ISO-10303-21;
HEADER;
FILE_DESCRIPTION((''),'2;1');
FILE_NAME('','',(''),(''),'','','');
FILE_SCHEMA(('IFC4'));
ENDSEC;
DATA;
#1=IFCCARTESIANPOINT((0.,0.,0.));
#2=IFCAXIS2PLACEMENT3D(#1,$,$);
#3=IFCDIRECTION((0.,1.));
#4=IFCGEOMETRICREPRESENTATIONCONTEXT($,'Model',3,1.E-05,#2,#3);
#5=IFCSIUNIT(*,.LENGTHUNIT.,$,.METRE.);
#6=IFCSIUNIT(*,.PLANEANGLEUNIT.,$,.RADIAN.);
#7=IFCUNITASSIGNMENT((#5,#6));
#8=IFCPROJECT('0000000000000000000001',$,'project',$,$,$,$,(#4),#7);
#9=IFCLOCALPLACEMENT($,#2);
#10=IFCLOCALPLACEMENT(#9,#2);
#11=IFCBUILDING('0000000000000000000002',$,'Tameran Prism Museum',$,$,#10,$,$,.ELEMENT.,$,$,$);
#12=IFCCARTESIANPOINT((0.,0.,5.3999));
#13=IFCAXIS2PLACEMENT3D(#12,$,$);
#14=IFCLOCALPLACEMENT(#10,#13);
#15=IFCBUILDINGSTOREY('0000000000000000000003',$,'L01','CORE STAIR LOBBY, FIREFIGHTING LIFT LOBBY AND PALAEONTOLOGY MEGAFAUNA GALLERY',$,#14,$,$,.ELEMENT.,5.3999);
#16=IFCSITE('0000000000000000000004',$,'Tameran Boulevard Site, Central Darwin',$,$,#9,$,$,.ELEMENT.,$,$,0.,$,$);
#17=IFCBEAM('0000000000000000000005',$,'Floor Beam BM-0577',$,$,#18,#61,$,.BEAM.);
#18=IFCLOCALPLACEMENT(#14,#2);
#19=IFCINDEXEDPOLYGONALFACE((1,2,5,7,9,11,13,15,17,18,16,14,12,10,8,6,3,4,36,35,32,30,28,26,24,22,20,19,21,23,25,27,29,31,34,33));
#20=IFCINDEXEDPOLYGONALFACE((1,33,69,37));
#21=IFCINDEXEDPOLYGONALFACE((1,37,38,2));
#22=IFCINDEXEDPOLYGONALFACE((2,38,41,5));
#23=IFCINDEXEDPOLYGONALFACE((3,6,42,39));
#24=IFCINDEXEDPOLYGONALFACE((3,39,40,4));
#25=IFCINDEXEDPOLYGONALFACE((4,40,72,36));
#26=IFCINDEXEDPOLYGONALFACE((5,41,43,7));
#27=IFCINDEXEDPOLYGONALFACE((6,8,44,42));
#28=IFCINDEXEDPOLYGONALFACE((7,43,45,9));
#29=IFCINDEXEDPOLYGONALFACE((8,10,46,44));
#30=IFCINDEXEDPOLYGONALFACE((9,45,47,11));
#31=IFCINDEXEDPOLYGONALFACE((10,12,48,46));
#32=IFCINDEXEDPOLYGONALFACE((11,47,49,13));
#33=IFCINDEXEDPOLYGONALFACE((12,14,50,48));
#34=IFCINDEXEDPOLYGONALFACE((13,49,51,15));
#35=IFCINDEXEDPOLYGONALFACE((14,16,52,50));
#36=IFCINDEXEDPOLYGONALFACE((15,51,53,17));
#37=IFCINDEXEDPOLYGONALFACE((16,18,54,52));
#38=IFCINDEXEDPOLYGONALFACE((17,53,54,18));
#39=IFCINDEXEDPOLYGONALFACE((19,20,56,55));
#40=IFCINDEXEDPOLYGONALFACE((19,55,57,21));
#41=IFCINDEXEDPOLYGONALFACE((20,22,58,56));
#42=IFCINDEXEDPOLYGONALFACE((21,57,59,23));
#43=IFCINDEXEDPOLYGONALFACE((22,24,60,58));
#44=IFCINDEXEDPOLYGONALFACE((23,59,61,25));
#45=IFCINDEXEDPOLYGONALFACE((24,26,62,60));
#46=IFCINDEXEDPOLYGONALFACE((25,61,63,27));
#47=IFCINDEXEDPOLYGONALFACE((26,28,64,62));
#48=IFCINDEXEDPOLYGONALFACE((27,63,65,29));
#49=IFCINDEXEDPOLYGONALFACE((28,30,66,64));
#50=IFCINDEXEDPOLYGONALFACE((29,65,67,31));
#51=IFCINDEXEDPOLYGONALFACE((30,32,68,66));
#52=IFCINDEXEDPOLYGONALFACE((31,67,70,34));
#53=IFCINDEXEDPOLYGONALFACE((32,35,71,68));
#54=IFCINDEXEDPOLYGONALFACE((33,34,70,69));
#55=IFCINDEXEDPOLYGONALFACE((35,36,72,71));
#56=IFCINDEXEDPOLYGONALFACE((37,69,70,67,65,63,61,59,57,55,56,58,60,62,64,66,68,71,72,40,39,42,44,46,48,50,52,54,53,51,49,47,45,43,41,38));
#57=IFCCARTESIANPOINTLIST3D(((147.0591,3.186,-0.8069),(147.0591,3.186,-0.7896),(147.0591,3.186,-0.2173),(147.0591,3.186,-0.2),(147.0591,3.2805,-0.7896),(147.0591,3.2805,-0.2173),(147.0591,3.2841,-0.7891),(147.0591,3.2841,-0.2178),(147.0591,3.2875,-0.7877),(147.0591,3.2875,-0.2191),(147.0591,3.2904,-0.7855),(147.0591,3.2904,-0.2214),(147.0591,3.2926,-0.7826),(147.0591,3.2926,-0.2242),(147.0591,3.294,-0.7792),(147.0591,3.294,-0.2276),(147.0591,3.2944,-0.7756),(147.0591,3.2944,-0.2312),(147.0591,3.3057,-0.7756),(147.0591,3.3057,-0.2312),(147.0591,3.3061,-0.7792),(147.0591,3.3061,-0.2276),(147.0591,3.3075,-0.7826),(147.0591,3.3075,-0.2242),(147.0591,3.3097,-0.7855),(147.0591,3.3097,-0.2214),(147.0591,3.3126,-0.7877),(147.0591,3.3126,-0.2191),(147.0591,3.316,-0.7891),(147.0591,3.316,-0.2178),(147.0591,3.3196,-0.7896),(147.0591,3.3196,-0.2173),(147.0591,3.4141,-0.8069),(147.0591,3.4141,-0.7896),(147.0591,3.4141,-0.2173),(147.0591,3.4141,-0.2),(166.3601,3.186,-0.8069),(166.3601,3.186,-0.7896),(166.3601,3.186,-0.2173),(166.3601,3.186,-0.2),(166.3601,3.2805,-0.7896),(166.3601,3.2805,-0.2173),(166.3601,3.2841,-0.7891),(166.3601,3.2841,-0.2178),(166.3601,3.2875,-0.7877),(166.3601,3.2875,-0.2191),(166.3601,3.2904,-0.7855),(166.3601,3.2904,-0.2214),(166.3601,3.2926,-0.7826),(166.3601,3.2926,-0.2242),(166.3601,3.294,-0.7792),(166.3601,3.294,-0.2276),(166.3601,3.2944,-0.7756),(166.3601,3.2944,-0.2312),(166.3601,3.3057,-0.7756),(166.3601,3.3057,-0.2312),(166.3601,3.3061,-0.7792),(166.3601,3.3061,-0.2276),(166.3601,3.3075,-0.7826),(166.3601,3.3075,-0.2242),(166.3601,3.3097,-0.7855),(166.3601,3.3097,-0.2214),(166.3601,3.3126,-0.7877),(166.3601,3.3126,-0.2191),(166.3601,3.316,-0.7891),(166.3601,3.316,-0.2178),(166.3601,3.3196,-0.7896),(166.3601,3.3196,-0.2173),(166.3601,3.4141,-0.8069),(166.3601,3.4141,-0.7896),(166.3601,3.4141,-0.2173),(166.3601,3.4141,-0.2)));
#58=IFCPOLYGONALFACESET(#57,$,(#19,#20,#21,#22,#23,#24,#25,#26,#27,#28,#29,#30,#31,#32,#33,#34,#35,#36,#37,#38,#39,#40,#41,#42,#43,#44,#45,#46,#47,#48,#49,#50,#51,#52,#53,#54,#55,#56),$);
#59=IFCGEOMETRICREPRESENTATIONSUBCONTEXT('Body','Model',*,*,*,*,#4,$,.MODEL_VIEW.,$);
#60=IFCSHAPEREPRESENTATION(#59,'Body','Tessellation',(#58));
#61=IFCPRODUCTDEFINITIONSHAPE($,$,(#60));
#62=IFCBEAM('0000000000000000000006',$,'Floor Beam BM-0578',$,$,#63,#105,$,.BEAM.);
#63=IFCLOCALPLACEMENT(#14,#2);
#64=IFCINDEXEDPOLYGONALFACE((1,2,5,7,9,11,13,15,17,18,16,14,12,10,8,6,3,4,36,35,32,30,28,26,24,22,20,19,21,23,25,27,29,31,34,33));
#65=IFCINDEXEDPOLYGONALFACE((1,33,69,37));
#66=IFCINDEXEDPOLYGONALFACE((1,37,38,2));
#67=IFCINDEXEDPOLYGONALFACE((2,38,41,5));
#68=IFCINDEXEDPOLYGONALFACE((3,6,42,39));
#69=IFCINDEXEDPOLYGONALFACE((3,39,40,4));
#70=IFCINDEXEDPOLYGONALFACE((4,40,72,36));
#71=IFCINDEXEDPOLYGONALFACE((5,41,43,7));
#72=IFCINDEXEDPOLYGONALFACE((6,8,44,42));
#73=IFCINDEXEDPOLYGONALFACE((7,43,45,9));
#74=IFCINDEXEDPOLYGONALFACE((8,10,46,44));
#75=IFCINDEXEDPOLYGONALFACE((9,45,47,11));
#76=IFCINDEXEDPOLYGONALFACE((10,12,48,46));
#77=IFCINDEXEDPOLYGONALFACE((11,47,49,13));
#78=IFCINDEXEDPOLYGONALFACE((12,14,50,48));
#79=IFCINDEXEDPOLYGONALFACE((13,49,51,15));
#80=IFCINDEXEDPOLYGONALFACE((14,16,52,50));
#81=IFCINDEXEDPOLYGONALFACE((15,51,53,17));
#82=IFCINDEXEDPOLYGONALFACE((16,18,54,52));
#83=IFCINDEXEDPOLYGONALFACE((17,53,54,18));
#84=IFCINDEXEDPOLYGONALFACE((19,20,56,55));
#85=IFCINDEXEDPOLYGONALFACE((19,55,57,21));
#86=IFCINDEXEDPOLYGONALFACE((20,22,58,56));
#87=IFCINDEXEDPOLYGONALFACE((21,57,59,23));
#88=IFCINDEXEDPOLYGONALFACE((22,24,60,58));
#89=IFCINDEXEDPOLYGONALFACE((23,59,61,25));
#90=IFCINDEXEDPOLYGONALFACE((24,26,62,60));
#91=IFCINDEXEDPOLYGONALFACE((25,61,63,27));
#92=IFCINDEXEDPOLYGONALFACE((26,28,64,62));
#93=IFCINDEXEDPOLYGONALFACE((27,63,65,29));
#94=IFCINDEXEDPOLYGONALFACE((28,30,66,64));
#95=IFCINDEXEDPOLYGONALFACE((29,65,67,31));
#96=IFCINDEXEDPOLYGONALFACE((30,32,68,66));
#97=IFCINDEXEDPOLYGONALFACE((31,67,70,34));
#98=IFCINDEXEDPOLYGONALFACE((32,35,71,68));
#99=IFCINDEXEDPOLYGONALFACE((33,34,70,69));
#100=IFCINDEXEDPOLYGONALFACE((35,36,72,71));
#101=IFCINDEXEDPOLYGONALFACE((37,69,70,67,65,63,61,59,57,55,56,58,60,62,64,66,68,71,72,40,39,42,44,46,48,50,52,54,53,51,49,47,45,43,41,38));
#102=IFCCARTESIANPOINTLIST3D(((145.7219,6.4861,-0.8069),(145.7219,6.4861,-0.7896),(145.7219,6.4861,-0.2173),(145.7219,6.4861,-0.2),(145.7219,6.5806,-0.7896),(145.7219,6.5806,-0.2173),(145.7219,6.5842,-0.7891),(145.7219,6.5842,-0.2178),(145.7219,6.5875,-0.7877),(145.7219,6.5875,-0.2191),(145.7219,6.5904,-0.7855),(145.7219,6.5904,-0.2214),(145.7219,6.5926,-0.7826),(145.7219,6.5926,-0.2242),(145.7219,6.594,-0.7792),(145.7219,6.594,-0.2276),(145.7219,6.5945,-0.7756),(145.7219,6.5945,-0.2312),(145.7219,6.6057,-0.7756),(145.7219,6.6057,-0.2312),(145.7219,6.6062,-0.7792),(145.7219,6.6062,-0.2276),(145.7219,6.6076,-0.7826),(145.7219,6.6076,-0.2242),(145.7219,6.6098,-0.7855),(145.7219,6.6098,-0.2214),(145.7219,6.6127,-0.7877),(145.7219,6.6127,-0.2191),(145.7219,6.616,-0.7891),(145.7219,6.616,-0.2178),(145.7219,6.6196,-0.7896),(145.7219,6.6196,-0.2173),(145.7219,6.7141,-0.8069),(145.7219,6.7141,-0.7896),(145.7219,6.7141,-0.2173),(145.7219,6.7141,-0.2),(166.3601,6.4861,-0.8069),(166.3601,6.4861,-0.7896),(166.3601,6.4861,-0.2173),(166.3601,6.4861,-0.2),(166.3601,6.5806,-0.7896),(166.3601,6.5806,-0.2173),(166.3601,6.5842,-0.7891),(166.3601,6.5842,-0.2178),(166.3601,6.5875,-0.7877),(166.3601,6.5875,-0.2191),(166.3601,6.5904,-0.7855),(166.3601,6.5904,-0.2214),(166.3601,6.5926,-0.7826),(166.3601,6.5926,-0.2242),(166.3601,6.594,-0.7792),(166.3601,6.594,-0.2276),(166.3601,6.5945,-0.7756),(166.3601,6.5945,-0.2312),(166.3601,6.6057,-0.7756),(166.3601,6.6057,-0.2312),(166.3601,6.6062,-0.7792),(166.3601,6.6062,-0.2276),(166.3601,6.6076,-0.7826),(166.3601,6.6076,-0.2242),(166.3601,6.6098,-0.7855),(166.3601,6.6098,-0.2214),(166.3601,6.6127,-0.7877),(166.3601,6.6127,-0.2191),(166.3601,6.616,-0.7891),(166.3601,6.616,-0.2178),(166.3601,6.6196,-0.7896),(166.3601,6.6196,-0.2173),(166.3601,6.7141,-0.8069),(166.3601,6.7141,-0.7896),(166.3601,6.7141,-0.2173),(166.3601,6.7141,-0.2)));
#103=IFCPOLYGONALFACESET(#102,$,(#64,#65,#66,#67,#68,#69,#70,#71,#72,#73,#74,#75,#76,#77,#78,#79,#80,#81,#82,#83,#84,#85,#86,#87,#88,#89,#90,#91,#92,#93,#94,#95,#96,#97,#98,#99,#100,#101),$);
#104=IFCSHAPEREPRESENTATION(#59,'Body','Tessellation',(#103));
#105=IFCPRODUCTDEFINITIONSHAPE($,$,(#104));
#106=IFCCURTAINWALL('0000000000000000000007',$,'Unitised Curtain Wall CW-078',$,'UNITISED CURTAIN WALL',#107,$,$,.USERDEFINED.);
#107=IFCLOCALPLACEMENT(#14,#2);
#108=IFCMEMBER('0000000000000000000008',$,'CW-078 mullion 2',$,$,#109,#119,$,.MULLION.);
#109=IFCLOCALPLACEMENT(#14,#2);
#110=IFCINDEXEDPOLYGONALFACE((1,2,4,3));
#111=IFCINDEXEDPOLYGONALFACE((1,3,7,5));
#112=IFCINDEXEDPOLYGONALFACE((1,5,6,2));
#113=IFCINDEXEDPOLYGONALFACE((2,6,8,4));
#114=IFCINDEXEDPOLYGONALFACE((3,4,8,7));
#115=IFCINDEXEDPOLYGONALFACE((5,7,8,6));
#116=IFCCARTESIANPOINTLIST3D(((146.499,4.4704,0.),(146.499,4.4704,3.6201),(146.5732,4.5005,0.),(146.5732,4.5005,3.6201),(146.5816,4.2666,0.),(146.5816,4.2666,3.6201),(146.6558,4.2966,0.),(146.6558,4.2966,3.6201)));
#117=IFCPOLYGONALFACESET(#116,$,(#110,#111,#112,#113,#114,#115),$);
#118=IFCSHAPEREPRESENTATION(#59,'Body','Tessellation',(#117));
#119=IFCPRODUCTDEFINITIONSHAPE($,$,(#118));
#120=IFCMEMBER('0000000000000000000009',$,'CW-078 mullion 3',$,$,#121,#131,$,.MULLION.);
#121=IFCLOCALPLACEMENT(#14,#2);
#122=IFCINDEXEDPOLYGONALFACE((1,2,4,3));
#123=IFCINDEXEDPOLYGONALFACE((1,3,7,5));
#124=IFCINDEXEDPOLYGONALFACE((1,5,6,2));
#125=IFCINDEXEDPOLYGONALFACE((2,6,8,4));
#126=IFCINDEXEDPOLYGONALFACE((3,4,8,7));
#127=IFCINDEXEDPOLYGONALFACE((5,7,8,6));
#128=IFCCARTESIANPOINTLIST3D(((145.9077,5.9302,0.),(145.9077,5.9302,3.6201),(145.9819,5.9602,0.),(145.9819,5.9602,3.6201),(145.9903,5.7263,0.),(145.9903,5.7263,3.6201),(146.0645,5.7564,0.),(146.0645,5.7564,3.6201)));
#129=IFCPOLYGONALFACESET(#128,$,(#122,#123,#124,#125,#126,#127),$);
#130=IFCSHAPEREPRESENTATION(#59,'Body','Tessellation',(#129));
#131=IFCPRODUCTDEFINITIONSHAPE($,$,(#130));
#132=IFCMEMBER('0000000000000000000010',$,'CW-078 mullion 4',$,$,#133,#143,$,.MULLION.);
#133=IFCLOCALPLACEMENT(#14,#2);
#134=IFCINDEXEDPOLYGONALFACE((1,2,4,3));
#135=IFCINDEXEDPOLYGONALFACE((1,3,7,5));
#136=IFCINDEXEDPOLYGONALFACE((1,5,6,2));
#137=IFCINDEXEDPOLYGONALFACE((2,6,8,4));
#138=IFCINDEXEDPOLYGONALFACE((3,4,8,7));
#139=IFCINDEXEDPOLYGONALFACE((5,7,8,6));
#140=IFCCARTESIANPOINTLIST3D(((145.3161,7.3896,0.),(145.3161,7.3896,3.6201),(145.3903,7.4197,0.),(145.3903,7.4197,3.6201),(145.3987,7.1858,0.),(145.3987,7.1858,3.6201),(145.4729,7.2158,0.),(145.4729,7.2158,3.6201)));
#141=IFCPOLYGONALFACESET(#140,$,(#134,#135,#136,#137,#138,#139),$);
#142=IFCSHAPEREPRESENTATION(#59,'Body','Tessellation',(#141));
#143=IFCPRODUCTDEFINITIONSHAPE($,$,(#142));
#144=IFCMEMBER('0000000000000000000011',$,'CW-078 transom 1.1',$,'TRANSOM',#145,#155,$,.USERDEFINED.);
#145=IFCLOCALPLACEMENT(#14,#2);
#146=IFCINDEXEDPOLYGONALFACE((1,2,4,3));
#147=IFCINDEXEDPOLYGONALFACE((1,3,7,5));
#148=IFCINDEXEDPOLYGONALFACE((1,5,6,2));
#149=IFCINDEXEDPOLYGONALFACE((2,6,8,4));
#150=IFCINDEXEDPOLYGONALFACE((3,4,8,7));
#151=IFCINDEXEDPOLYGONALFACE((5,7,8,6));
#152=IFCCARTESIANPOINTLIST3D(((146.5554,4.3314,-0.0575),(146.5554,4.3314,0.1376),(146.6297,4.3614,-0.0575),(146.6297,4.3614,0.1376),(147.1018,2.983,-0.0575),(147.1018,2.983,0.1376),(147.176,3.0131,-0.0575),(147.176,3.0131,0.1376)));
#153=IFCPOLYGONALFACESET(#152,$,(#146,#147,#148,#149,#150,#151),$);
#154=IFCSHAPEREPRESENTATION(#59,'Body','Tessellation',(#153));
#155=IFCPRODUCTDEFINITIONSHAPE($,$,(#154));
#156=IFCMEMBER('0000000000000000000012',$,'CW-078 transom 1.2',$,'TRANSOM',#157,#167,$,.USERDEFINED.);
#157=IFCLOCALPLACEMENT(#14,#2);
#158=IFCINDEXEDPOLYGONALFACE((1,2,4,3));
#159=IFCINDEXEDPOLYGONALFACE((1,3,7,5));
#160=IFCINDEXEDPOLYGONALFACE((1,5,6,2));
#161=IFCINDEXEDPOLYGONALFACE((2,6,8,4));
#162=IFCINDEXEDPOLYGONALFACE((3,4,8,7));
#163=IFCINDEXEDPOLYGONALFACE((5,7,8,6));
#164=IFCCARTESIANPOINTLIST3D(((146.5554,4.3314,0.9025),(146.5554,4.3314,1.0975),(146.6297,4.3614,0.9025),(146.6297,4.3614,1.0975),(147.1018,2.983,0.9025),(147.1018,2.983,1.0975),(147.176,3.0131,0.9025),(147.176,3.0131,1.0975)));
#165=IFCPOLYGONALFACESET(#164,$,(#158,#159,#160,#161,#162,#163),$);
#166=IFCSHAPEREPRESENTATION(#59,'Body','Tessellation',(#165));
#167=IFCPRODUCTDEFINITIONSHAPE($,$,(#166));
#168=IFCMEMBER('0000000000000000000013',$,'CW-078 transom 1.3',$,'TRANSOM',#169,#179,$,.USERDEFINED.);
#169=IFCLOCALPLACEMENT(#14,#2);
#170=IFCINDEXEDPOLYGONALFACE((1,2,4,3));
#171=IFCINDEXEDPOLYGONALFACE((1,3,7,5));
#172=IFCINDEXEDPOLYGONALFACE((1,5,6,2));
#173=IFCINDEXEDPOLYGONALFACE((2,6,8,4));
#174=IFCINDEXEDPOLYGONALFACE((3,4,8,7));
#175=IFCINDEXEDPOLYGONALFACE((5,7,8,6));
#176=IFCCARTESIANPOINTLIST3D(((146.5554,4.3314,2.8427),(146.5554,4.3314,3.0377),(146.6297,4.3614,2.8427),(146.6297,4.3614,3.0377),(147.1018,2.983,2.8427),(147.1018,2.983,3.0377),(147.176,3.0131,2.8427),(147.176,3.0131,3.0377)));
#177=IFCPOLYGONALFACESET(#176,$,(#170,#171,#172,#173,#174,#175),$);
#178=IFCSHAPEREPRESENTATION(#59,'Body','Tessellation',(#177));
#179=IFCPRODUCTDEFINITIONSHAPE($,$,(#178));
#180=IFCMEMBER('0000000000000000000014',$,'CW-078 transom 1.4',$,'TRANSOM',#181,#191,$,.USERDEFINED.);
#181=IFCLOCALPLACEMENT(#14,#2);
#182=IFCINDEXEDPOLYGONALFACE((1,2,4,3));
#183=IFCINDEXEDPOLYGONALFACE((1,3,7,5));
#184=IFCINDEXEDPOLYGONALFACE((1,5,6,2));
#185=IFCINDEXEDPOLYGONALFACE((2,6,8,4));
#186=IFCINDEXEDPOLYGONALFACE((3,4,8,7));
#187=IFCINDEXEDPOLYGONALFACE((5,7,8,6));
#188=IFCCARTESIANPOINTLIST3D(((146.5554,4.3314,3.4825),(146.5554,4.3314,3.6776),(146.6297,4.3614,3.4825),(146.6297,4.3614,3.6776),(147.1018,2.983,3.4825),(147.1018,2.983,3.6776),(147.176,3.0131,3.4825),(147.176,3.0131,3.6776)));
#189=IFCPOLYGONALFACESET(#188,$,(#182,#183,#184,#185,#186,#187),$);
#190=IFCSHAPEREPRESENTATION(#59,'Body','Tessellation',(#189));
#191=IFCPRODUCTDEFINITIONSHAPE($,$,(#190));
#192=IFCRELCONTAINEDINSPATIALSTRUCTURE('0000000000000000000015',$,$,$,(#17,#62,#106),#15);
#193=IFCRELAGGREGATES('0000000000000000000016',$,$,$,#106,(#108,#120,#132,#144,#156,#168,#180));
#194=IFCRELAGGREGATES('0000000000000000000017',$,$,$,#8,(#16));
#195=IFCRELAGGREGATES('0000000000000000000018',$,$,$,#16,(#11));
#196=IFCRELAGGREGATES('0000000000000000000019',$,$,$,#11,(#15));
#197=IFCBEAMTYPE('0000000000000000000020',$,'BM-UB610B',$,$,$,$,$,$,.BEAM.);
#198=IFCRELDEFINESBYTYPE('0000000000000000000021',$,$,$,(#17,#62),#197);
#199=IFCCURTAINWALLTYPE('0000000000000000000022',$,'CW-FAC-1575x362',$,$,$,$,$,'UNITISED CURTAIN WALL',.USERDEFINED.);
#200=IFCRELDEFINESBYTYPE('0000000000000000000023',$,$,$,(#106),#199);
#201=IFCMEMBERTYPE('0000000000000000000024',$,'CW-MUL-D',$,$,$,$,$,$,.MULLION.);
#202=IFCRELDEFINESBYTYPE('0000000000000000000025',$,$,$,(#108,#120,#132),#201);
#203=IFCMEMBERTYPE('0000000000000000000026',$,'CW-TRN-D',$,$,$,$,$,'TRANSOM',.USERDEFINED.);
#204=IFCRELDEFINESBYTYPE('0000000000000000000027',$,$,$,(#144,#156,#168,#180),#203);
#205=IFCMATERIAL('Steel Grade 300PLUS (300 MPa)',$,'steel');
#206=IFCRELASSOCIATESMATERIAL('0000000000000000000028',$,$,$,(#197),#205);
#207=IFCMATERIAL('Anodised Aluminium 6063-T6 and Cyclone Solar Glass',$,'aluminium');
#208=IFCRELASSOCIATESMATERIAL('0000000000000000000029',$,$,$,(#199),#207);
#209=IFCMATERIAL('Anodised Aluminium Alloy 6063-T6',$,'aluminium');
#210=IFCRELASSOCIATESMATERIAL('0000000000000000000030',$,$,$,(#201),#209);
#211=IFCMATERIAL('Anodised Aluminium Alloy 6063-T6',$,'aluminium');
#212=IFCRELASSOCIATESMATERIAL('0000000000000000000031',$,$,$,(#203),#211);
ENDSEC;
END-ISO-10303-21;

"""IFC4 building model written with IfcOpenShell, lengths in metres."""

from ifc_helpers import new_model, si_unit, direction, frame, origin, origin_2d, place, context, subcontext, project, spatial, rectangle, i_section, extrude, material, material_profile, profile_set, type_object, element, aggregate, save


model = new_model("IFC4")

# Units and contexts
model_context = context("Model", 3, precision=1e-05, world=origin(), true_north=direction((0.0, 1.0)))
body_context = subcontext(model_context, "Body", "Model", "MODEL_VIEW")
ifc_project = project(units=[si_unit("LENGTHUNIT", "METRE"), si_unit("PLANEANGLEUNIT", "RADIAN")], contexts=[model_context])

# Site, building, storey
site_placement = place(None, origin())
site = spatial("IfcSite", under=ifc_project, at=site_placement, Name="Tameran Boulevard Site, Central Darwin", CompositionType="ELEMENT", RefElevation=0.0)
building_placement = place(site_placement, origin())
building = spatial("IfcBuilding", under=site, at=building_placement, Name="Tameran Prism Museum", CompositionType="ELEMENT")
storey_placement = place(building_placement, frame((0.0, 0.0, 5.3999)))
storey = spatial("IfcBuildingStorey", under=building, at=storey_placement, Name="L01", Description="CORE STAIR LOBBY, FIREFIGHTING LIFT LOBBY AND PALAEONTOLOGY MEGAFAUNA GALLERY", CompositionType="ELEMENT", Elevation=5.3999)

# Beams
ifc_material_1 = material(Name="Steel Grade 300PLUS (300 MPa)", Category="steel")
ifc_material_profile_1 = material_profile(ifc_material_1, i_section(OverallWidth=0.228, OverallDepth=0.6069, WebThickness=0.0112, FlangeThickness=0.0173, FilletRadius=0.0139, at=origin_2d()))
ifc_profile_set_1 = profile_set([ifc_material_profile_1])
beam_type = type_object("IfcBeamType", Name="BM-UB610B", PredefinedType="BEAM", material=ifc_profile_set_1)
beam_1_placement = place(storey_placement, frame((147.0591, 3.3, -0.5034), z_axis=(1.0, 0.0, 0.0), x_axis=(0.0, 1.0, 0.0)))
element("IfcBeam", 1, at=beam_1_placement, inside=storey, type_object=beam_type, Name="Floor Beam BM-0577", PredefinedType="BEAM", context=body_context, shape_type="SweptSolid", body=[
    extrude(i_section(OverallWidth=0.228, OverallDepth=0.6069, WebThickness=0.0112, FlangeThickness=0.0173, FilletRadius=0.0139, at=origin_2d()), origin(), (0.0, 0.0, 1.0), 19.301),
])
beam_2_placement = place(storey_placement, frame((145.7219, 6.6001, -0.5034), z_axis=(1.0, 0.0, 0.0), x_axis=(0.0, 1.0, 0.0)))
element("IfcBeam", 2, at=beam_2_placement, inside=storey, type_object=beam_type, Name="Floor Beam BM-0578", PredefinedType="BEAM", context=body_context, shape_type="SweptSolid", body=[
    extrude(i_section(OverallWidth=0.228, OverallDepth=0.6069, WebThickness=0.0112, FlangeThickness=0.0173, FilletRadius=0.0139, at=origin_2d()), origin(), (0.0, 0.0, 1.0), 20.6382),
])

# Curtain wall, members
ifc_material_2 = material(Name="Anodised Aluminium 6063-T6 and Cyclone Solar Glass", Category="aluminium")
curtain_wall_type = type_object("IfcCurtainWallType", Name="CW-FAC-1575x362", ElementType="UNITISED CURTAIN WALL", PredefinedType="USERDEFINED", material=ifc_material_2)
curtain_wall_placement = place(storey_placement, origin())
curtain_wall = element("IfcCurtainWall", 3, at=curtain_wall_placement, inside=storey, type_object=curtain_wall_type, Name="Unitised Curtain Wall CW-078", ObjectType="UNITISED CURTAIN WALL", PredefinedType="USERDEFINED")
ifc_material_3 = material(Name="Anodised Aluminium Alloy 6063-T6", Category="aluminium")
ifc_material_profile_2 = material_profile(ifc_material_3, rectangle(XDim=0.0801, YDim=0.22, at=origin_2d()))
ifc_profile_set_2 = profile_set([ifc_material_profile_2])
member_type_1 = type_object("IfcMemberType", Name="CW-MUL-D", PredefinedType="MULLION", material=ifc_profile_set_2)
member_1_placement = place(storey_placement, frame((146.5774, 4.3835, 0.0), z_axis=(0.0, 0.0, 1.0), x_axis=(-0.92679, -0.37558, 0.0)))
member_1 = element("IfcMember", 4, at=member_1_placement, type_object=member_type_1, Name="CW-078 mullion 2", PredefinedType="MULLION", context=body_context, shape_type="SweptSolid", body=[
    extrude(rectangle(XDim=0.0801, YDim=0.22, at=origin_2d()), origin(), (0.0, 0.0, 1.0), 3.6201),
])
member_2_placement = place(storey_placement, frame((145.9861, 5.8433, 0.0), z_axis=(0.0, 0.0, 1.0), x_axis=(-0.92679, -0.37558, 0.0)))
member_2 = element("IfcMember", 5, at=member_2_placement, type_object=member_type_1, Name="CW-078 mullion 3", PredefinedType="MULLION", context=body_context, shape_type="SweptSolid", body=[
    extrude(rectangle(XDim=0.0801, YDim=0.22, at=origin_2d()), origin(), (0.0, 0.0, 1.0), 3.6201),
])
member_3_placement = place(storey_placement, frame((145.3945, 7.3027, 0.0), z_axis=(0.0, 0.0, 1.0), x_axis=(-0.92679, -0.37558, 0.0)))
member_3 = element("IfcMember", 6, at=member_3_placement, type_object=member_type_1, Name="CW-078 mullion 4", PredefinedType="MULLION", context=body_context, shape_type="SweptSolid", body=[
    extrude(rectangle(XDim=0.0801, YDim=0.22, at=origin_2d()), origin(), (0.0, 0.0, 1.0), 3.6201),
])
ifc_material_4 = material(Name="Anodised Aluminium Alloy 6063-T6", Category="aluminium")
ifc_material_profile_3 = material_profile(ifc_material_4, rectangle(XDim=0.0801, YDim=0.1951, at=origin_2d()))
ifc_profile_set_3 = profile_set([ifc_material_profile_3])
member_type_2 = type_object("IfcMemberType", Name="CW-TRN-D", ElementType="TRANSOM", PredefinedType="USERDEFINED", material=ifc_profile_set_3)
member_4_placement = place(storey_placement, frame((147.1389, 2.998, 0.04), z_axis=(-0.375553, 0.926801, 0.0), x_axis=(-0.926801, -0.375553, 0.0)))
member_4 = element("IfcMember", 7, at=member_4_placement, type_object=member_type_2, Name="CW-078 transom 1.1", ObjectType="TRANSOM", PredefinedType="USERDEFINED", context=body_context, shape_type="SweptSolid", body=[
    extrude(rectangle(XDim=0.0801, YDim=0.1951, at=origin_2d()), origin(), (0.0, 0.0, 1.0), 1.4548),
])
member_5_placement = place(storey_placement, frame((147.1389, 2.998, 1.0), z_axis=(-0.375553, 0.926801, 0.0), x_axis=(-0.926801, -0.375553, 0.0)))
member_5 = element("IfcMember", 8, at=member_5_placement, type_object=member_type_2, Name="CW-078 transom 1.2", ObjectType="TRANSOM", PredefinedType="USERDEFINED", context=body_context, shape_type="SweptSolid", body=[
    extrude(rectangle(XDim=0.0801, YDim=0.1951, at=origin_2d()), origin(), (0.0, 0.0, 1.0), 1.4548),
])
member_6_placement = place(storey_placement, frame((147.1389, 2.998, 2.9402), z_axis=(-0.375553, 0.926801, 0.0), x_axis=(-0.926801, -0.375553, 0.0)))
member_6 = element("IfcMember", 9, at=member_6_placement, type_object=member_type_2, Name="CW-078 transom 1.3", ObjectType="TRANSOM", PredefinedType="USERDEFINED", context=body_context, shape_type="SweptSolid", body=[
    extrude(rectangle(XDim=0.0801, YDim=0.1951, at=origin_2d()), origin(), (0.0, 0.0, 1.0), 1.4548),
])
member_7_placement = place(storey_placement, frame((147.1389, 2.998, 3.5801), z_axis=(-0.375553, 0.926801, 0.0), x_axis=(-0.926801, -0.375553, 0.0)))
member_7 = element("IfcMember", 10, at=member_7_placement, type_object=member_type_2, Name="CW-078 transom 1.4", ObjectType="TRANSOM", PredefinedType="USERDEFINED", context=body_context, shape_type="SweptSolid", body=[
    extrude(rectangle(XDim=0.0801, YDim=0.1951, at=origin_2d()), origin(), (0.0, 0.0, 1.0), 1.4548),
])
aggregate(curtain_wall, [member_1, member_2, member_3, member_4, member_5, member_6, member_7])

save(model, "model.ifc")
